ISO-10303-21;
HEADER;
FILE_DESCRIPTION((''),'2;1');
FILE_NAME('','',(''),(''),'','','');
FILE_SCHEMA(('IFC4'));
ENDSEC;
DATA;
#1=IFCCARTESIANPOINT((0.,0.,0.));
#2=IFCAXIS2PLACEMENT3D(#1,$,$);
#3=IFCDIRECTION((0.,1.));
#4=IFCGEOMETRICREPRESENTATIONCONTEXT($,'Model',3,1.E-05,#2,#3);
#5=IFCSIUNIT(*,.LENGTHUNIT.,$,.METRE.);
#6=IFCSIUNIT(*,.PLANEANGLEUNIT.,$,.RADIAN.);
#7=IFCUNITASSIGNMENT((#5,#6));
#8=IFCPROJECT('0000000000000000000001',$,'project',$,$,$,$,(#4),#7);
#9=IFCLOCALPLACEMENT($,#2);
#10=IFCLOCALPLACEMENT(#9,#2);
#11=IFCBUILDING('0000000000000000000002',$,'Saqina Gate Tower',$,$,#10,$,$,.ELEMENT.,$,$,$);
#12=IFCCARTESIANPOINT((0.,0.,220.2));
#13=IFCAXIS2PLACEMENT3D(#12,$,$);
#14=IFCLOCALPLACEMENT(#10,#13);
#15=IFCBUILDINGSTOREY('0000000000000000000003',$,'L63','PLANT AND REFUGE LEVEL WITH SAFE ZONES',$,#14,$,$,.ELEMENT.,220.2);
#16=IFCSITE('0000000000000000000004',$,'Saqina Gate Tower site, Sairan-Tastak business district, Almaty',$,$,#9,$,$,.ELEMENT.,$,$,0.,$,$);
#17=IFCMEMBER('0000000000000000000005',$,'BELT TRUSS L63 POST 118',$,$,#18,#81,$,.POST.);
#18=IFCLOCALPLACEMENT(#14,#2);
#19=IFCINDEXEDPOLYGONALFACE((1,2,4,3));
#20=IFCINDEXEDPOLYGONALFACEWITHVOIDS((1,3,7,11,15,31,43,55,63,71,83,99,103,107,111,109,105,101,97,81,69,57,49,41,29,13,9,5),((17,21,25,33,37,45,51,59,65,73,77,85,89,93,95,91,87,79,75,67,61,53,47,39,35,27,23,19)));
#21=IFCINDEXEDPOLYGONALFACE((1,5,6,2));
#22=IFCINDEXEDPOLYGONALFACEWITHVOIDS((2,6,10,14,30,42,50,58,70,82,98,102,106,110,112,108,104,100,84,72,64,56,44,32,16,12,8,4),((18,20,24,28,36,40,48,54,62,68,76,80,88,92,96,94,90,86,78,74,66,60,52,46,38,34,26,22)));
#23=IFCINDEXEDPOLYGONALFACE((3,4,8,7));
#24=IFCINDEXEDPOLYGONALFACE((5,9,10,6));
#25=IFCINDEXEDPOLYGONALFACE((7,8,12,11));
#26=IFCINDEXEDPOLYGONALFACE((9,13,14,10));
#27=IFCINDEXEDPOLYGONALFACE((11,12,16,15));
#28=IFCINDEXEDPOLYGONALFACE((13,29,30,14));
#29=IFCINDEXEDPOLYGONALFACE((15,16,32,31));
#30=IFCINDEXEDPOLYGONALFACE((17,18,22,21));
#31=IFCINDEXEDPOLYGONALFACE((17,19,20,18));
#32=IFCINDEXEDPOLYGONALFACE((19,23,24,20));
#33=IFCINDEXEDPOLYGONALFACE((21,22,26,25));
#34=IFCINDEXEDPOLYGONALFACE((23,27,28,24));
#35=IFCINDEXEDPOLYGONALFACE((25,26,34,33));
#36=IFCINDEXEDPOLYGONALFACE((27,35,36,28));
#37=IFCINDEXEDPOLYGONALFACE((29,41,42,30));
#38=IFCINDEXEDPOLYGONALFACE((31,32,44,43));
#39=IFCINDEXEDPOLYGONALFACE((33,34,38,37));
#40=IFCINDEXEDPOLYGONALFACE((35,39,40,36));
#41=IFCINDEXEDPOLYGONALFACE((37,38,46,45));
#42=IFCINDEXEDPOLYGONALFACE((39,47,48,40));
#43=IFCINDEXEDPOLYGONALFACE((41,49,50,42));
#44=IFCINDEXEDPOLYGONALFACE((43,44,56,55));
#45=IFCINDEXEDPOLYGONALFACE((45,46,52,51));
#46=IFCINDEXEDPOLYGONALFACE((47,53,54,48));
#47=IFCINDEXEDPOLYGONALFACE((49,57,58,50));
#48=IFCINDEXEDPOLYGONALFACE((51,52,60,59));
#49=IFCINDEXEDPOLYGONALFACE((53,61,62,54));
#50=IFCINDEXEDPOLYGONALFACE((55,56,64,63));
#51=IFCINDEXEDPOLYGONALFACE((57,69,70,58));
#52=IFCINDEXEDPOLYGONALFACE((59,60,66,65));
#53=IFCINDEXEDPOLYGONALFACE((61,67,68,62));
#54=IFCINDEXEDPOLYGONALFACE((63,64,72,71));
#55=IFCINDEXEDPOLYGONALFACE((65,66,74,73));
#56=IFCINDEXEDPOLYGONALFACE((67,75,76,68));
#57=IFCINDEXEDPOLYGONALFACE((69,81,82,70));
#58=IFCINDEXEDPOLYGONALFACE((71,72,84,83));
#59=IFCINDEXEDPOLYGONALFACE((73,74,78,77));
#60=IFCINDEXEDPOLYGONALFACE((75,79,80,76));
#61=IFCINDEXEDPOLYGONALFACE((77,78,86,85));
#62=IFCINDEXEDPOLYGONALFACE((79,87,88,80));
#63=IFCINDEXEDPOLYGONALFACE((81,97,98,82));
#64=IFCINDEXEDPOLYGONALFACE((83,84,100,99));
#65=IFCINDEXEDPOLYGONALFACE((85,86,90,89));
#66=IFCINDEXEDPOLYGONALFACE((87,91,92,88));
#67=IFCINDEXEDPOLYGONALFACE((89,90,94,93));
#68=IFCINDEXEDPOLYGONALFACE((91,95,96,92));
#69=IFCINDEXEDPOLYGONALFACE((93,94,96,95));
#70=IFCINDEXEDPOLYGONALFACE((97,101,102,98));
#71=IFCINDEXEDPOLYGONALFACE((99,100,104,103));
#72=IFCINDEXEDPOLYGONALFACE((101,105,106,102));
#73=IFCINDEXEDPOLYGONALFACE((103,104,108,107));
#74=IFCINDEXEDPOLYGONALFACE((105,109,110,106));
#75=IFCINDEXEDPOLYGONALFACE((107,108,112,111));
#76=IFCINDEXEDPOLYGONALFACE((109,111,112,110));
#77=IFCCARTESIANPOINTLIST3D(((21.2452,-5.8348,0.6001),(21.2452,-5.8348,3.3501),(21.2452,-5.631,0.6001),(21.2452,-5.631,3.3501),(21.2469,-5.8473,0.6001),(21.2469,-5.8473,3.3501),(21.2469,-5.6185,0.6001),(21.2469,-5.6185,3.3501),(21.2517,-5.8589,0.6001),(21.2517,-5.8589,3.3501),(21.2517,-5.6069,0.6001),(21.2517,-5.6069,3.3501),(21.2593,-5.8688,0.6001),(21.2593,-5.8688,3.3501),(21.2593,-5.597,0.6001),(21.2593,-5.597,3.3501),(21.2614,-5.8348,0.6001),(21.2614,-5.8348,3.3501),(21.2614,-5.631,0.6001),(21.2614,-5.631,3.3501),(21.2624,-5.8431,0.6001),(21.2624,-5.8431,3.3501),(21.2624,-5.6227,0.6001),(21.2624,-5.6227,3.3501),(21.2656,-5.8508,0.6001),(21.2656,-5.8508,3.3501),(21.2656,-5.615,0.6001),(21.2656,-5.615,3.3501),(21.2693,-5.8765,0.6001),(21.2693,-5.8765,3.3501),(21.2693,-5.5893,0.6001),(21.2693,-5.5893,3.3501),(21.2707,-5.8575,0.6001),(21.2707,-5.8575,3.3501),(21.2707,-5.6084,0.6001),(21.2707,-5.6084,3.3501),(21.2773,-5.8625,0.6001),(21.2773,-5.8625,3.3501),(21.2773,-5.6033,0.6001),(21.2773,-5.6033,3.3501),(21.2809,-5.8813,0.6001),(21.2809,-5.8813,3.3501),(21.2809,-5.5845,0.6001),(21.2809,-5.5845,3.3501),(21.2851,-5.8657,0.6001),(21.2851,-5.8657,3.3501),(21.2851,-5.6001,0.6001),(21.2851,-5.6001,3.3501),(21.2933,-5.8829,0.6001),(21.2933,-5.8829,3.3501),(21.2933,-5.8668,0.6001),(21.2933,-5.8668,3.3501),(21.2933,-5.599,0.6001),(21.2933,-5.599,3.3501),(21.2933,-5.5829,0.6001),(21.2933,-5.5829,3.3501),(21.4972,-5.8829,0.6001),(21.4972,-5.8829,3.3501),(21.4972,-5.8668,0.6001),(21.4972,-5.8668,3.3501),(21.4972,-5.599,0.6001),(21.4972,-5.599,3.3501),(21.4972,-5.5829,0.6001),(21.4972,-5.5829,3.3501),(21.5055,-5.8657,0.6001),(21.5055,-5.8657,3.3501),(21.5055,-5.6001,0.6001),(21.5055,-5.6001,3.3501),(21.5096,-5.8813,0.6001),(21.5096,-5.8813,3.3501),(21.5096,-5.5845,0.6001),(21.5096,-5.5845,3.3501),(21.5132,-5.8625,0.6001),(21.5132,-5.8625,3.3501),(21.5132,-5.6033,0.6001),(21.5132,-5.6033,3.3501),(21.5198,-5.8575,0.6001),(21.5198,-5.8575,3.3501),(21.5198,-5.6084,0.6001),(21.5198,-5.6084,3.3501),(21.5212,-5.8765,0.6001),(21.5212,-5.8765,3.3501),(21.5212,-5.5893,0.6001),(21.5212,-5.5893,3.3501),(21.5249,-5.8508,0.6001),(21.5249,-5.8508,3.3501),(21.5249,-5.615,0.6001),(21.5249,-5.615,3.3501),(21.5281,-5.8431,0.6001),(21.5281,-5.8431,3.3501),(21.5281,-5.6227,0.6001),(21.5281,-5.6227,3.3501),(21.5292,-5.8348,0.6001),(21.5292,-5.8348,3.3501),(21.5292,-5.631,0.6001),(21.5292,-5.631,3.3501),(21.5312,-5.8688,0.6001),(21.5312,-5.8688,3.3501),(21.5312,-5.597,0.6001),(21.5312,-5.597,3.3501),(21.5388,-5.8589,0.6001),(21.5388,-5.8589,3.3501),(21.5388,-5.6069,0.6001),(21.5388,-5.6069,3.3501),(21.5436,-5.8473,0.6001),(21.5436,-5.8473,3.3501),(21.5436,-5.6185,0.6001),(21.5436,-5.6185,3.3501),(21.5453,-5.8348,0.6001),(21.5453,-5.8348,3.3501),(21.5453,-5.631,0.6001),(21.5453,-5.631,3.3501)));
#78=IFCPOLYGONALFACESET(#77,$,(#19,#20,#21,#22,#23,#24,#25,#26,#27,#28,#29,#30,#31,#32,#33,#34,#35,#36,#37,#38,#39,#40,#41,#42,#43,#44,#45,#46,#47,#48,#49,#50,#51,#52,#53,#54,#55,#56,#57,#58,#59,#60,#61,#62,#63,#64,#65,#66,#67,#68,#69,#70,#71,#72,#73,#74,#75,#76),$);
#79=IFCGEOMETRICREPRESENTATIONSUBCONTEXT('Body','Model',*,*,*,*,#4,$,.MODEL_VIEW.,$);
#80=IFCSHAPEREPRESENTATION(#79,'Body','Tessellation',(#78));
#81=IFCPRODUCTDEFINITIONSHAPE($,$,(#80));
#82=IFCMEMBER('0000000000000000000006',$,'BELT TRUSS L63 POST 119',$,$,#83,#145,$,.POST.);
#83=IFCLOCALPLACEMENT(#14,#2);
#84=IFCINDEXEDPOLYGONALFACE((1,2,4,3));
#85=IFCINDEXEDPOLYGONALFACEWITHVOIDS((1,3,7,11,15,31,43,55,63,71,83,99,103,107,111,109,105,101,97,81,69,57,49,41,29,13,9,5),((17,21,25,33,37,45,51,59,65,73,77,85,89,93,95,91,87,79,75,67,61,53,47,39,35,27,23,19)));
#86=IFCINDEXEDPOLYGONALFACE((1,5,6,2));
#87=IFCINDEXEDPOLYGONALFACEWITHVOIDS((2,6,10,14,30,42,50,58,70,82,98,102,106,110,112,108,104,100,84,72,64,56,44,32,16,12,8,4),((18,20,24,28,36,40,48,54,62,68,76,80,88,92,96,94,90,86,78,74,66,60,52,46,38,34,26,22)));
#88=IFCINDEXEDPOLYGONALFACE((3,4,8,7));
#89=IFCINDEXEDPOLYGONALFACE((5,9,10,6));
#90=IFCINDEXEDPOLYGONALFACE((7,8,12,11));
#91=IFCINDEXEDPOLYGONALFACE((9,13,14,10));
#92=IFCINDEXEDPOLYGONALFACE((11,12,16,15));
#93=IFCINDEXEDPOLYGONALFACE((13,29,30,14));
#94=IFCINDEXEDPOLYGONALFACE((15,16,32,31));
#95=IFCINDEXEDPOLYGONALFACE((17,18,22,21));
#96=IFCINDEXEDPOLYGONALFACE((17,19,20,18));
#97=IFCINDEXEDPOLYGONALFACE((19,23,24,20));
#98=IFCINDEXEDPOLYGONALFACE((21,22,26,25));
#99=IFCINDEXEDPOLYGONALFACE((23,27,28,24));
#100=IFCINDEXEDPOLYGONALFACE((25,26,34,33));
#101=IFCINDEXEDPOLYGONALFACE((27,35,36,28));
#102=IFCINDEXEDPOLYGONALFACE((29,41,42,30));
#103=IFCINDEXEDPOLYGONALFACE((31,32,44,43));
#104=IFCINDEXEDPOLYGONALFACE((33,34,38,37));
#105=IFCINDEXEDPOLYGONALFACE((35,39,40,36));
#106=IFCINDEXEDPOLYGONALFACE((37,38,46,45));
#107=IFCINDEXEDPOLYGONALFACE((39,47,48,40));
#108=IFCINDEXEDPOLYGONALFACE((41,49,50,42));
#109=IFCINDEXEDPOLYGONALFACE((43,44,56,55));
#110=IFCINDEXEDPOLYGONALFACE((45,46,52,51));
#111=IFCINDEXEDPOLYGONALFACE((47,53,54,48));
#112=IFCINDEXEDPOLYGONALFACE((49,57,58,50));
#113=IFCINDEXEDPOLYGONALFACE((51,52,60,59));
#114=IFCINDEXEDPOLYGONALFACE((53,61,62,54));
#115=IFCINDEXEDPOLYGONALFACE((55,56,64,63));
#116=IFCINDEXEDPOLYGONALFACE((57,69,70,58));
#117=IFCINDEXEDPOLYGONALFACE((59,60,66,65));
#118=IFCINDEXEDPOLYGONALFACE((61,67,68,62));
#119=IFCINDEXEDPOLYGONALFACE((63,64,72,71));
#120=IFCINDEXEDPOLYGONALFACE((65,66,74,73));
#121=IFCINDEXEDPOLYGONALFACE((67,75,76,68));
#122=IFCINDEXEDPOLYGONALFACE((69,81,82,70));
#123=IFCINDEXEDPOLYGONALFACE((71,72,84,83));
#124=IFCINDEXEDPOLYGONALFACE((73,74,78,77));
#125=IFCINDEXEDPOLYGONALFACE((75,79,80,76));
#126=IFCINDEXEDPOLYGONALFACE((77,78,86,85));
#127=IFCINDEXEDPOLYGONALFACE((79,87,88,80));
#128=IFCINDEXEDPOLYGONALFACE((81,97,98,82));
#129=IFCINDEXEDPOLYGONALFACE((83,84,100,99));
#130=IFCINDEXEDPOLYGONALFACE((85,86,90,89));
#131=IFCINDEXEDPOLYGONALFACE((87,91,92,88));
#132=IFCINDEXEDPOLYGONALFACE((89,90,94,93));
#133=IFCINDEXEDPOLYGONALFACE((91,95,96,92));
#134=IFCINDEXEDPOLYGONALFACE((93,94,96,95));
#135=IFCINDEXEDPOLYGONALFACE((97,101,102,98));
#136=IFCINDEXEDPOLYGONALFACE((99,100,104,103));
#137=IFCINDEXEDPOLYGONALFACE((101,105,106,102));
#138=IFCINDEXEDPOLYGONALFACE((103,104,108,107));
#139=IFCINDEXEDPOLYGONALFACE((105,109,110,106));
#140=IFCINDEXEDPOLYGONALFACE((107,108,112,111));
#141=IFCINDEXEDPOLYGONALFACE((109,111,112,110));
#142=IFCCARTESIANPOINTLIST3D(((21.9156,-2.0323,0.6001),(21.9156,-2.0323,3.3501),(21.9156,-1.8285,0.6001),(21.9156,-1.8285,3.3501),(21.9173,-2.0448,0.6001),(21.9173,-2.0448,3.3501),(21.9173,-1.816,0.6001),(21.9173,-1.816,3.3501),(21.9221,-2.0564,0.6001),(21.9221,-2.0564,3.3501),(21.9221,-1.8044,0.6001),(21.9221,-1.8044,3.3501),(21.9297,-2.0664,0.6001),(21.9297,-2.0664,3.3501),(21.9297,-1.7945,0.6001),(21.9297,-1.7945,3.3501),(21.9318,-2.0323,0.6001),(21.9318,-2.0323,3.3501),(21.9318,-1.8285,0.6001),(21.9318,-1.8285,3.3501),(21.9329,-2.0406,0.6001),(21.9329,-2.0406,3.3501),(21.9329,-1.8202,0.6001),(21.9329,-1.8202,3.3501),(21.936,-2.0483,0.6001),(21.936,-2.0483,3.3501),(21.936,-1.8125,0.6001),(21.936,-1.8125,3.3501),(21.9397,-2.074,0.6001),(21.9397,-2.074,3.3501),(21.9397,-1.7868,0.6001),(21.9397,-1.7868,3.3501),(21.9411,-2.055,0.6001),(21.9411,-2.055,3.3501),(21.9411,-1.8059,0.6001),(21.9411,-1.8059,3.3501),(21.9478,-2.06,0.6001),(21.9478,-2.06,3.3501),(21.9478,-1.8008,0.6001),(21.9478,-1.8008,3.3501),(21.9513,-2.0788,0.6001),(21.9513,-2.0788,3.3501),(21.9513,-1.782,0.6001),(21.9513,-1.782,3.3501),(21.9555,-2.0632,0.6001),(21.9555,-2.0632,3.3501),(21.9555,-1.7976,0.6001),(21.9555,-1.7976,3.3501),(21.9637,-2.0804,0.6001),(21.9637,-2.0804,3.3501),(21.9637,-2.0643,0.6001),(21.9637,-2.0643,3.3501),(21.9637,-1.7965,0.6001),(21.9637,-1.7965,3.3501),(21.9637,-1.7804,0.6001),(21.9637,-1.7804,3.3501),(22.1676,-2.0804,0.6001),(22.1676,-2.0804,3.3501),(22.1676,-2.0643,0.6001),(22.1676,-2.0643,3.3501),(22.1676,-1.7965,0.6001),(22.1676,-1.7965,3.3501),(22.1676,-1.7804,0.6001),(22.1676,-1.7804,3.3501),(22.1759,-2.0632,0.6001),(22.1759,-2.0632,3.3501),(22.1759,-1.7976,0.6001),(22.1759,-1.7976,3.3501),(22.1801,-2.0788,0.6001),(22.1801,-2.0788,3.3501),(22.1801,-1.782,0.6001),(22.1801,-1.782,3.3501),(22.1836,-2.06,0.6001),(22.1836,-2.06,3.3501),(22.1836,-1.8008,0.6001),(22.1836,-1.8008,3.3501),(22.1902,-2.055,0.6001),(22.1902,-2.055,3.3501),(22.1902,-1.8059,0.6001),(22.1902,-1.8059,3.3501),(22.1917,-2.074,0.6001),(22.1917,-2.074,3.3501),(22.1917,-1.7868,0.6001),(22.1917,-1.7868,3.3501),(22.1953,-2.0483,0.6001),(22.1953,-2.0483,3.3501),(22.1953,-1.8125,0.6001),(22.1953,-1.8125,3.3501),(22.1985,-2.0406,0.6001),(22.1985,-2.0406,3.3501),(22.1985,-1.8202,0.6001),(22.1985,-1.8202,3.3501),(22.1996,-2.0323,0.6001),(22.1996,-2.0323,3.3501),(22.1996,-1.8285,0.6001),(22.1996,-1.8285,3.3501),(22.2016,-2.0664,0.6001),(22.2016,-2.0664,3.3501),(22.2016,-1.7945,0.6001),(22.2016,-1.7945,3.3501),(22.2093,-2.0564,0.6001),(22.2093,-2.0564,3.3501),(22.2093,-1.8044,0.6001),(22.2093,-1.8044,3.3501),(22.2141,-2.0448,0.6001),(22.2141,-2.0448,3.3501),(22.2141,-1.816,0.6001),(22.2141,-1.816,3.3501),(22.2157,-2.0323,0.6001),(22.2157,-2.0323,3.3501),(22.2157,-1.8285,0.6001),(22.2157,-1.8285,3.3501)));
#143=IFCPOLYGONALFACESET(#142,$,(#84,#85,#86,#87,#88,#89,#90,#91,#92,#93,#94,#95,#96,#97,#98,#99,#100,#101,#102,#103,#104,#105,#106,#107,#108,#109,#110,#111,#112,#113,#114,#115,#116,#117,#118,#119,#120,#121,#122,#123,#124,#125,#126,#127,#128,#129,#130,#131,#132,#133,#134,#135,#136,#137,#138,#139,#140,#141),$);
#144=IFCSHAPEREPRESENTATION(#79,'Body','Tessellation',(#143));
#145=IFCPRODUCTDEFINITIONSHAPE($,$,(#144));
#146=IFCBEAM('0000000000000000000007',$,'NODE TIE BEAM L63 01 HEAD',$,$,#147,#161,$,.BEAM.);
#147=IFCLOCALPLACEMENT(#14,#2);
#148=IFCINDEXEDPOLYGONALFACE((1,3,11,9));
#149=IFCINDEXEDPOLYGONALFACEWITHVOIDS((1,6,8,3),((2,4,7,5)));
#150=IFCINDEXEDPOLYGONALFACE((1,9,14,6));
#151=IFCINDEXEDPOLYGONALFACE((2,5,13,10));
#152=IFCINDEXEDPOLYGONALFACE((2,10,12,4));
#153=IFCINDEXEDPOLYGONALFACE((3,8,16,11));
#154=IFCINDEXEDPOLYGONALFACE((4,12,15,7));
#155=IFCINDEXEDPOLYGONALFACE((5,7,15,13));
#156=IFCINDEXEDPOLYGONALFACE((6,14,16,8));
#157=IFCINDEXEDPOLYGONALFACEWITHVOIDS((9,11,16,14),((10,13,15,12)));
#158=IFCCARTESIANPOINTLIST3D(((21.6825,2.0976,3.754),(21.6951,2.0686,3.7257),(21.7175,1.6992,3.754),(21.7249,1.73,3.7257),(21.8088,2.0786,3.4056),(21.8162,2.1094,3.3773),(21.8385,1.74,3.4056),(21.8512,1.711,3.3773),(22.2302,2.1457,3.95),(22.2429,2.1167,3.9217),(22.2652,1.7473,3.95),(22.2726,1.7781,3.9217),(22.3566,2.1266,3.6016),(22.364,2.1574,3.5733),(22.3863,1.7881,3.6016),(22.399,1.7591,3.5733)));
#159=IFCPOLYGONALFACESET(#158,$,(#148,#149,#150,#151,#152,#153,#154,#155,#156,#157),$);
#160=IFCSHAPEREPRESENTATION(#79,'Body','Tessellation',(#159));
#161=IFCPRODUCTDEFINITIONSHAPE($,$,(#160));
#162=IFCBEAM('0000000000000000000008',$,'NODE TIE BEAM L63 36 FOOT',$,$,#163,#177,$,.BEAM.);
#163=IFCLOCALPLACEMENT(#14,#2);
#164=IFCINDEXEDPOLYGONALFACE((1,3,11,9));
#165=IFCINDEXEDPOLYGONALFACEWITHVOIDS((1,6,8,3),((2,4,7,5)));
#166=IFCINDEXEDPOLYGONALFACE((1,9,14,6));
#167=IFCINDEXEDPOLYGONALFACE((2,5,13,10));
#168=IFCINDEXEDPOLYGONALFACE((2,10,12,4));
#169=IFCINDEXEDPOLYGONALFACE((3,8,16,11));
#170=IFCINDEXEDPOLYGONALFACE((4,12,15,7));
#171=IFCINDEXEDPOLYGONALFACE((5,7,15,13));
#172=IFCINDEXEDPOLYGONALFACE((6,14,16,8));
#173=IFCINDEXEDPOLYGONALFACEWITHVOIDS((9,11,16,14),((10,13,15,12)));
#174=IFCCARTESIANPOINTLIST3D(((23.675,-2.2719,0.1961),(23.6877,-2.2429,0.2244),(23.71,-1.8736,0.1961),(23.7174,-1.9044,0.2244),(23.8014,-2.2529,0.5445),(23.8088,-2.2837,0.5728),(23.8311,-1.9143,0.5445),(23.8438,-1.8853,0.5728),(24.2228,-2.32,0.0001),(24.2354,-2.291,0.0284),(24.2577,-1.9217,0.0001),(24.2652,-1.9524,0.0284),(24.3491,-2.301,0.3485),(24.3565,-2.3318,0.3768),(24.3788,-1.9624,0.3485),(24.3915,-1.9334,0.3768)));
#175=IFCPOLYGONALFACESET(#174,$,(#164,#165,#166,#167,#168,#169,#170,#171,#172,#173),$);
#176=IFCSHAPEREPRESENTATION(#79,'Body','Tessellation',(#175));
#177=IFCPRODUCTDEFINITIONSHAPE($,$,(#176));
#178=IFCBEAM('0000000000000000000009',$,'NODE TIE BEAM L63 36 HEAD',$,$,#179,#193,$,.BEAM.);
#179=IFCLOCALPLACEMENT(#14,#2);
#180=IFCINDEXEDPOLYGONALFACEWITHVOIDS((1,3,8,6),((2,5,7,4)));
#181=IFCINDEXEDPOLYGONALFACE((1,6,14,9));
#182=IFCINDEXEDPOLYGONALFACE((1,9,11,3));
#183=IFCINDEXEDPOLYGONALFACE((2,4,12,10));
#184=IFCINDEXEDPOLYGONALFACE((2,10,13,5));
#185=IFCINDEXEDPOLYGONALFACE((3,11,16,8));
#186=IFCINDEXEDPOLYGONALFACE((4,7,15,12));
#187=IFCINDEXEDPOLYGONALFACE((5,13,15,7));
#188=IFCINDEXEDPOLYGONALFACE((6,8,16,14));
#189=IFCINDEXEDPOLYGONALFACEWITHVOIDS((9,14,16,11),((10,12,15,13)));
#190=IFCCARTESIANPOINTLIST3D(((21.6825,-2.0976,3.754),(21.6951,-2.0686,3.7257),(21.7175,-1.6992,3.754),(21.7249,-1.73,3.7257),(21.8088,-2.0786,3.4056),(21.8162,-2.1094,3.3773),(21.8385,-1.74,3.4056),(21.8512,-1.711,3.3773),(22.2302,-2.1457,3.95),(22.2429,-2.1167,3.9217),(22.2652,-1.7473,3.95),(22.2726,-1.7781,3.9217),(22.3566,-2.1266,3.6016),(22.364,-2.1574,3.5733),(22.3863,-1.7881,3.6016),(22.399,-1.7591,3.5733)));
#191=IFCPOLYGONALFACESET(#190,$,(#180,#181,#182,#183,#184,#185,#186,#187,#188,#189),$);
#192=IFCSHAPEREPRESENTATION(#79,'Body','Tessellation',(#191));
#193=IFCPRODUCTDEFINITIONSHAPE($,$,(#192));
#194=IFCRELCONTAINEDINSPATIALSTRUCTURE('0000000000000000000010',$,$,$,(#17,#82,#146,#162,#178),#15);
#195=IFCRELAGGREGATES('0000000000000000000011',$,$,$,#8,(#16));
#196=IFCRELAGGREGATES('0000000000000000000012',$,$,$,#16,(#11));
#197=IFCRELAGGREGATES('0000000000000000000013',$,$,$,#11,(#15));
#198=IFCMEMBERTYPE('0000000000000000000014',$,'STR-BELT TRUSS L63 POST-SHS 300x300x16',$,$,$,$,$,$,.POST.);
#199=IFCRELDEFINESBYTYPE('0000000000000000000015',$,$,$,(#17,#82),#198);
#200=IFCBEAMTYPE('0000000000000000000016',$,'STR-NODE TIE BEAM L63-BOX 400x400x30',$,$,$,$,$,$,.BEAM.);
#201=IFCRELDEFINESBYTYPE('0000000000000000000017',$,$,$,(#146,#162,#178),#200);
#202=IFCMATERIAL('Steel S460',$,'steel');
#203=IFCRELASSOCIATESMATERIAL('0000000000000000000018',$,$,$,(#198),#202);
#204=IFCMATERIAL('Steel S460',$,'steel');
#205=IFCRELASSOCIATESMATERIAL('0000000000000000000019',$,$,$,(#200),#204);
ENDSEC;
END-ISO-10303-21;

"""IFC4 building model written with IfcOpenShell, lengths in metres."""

from ifc_helpers import new_model, si_unit, direction, frame, origin, origin_2d, place, context, subcontext, project, spatial, hollow_rectangle, extrude, material, material_profile, profile_set, type_object, element, save


model = new_model("IFC4")

# Units and contexts
model_context = context("Model", 3, precision=1e-05, world=origin(), true_north=direction((0.0, 1.0)))
body_context = subcontext(model_context, "Body", "Model", "MODEL_VIEW")
ifc_project = project(units=[si_unit("LENGTHUNIT", "METRE"), si_unit("PLANEANGLEUNIT", "RADIAN")], contexts=[model_context])

# Site, building, storey
site_placement = place(None, origin())
site = spatial("IfcSite", under=ifc_project, at=site_placement, Name="Saqina Gate Tower site, Sairan-Tastak business district, Almaty", CompositionType="ELEMENT", RefElevation=0.0)
building_placement = place(site_placement, origin())
building = spatial("IfcBuilding", under=site, at=building_placement, Name="Saqina Gate Tower", CompositionType="ELEMENT")
storey_placement = place(building_placement, frame((0.0, 0.0, 220.2)))
storey = spatial("IfcBuildingStorey", under=building, at=storey_placement, Name="L63", Description="PLANT AND REFUGE LEVEL WITH SAFE ZONES", CompositionType="ELEMENT", Elevation=220.2)

# Members
ifc_material_1 = material(Name="Steel S460", Category="steel")
ifc_material_profile_1 = material_profile(ifc_material_1, hollow_rectangle(XDim=0.3, YDim=0.3, WallThickness=0.0161, InnerFilletRadius=0.032, OuterFilletRadius=0.0481, at=origin_2d()), Name="SHS 300x300x16")
ifc_profile_set_1 = profile_set([ifc_material_profile_1], Name="Steel S460")
member_type_1 = type_object("IfcMemberType", Name="STR-BELT TRUSS L63 POST-SHS 300x300x16", PredefinedType="POST", material=ifc_profile_set_1)
for number, where, z_axis, x_axis, name in (
    (1, (21.3953, -5.7329, 0.6001), (0.0, 0.0, 1.0), (1.0, 0.0, 0.0), "BELT TRUSS L63 POST 118"),
    (2, (22.0657, -1.9304, 0.6001), (0.0, 0.0, 1.0), (1.0, 0.0, 0.0), "BELT TRUSS L63 POST 119"),
):
    element("IfcMember", number, at=place(storey_placement, frame(where, z_axis=z_axis, x_axis=x_axis)), inside=storey, type_object=member_type_1, Name=name, PredefinedType="POST", context=body_context, shape_type="SweptSolid", body=[
        extrude(hollow_rectangle(XDim=0.3, YDim=0.3, WallThickness=0.0161, InnerFilletRadius=0.032, OuterFilletRadius=0.0481, at=origin_2d()), origin(), (0.0, 0.0, 1.0), 2.75),
    ])

# Beams
ifc_material_2 = material(Name="Steel S460", Category="steel")
ifc_material_profile_2 = material_profile(ifc_material_2, hollow_rectangle(XDim=0.3999, YDim=0.3999, WallThickness=0.03, at=origin_2d()), Name="BOX 400x400x30")
ifc_profile_set_2 = profile_set([ifc_material_profile_2], Name="Steel S460")
beam_type = type_object("IfcBeamType", Name="STR-NODE TIE BEAM L63-BOX 400x400x30", PredefinedType="BEAM", material=ifc_profile_set_2)
for number, where, z_axis, x_axis, name in (
    (3, (21.7668, 1.9043, 3.5657), (0.938333, 0.082376, 0.335776), (-0.087453, 0.996169, 0.0), "NODE TIE BEAM L63 01 HEAD"),
    (4, (24.3071, -2.1267, 0.1885), (-0.938333, 0.082376, 0.335776), (-0.087453, -0.996169, 0.0), "NODE TIE BEAM L63 36 FOOT"),
    (5, (21.7668, -1.9043, 3.5657), (0.938333, -0.082376, 0.335776), (0.087453, 0.996169, 0.0), "NODE TIE BEAM L63 36 HEAD"),
):
    element("IfcBeam", number, at=place(storey_placement, frame(where, z_axis=z_axis, x_axis=x_axis)), inside=storey, type_object=beam_type, Name=name, PredefinedType="BEAM", context=body_context, shape_type="SweptSolid", body=[
        extrude(hollow_rectangle(XDim=0.3999, YDim=0.3999, WallThickness=0.03, at=origin_2d()), origin(), (0.0, 0.0, 1.0), 0.5837),
    ])

save(model, "model.ifc")
